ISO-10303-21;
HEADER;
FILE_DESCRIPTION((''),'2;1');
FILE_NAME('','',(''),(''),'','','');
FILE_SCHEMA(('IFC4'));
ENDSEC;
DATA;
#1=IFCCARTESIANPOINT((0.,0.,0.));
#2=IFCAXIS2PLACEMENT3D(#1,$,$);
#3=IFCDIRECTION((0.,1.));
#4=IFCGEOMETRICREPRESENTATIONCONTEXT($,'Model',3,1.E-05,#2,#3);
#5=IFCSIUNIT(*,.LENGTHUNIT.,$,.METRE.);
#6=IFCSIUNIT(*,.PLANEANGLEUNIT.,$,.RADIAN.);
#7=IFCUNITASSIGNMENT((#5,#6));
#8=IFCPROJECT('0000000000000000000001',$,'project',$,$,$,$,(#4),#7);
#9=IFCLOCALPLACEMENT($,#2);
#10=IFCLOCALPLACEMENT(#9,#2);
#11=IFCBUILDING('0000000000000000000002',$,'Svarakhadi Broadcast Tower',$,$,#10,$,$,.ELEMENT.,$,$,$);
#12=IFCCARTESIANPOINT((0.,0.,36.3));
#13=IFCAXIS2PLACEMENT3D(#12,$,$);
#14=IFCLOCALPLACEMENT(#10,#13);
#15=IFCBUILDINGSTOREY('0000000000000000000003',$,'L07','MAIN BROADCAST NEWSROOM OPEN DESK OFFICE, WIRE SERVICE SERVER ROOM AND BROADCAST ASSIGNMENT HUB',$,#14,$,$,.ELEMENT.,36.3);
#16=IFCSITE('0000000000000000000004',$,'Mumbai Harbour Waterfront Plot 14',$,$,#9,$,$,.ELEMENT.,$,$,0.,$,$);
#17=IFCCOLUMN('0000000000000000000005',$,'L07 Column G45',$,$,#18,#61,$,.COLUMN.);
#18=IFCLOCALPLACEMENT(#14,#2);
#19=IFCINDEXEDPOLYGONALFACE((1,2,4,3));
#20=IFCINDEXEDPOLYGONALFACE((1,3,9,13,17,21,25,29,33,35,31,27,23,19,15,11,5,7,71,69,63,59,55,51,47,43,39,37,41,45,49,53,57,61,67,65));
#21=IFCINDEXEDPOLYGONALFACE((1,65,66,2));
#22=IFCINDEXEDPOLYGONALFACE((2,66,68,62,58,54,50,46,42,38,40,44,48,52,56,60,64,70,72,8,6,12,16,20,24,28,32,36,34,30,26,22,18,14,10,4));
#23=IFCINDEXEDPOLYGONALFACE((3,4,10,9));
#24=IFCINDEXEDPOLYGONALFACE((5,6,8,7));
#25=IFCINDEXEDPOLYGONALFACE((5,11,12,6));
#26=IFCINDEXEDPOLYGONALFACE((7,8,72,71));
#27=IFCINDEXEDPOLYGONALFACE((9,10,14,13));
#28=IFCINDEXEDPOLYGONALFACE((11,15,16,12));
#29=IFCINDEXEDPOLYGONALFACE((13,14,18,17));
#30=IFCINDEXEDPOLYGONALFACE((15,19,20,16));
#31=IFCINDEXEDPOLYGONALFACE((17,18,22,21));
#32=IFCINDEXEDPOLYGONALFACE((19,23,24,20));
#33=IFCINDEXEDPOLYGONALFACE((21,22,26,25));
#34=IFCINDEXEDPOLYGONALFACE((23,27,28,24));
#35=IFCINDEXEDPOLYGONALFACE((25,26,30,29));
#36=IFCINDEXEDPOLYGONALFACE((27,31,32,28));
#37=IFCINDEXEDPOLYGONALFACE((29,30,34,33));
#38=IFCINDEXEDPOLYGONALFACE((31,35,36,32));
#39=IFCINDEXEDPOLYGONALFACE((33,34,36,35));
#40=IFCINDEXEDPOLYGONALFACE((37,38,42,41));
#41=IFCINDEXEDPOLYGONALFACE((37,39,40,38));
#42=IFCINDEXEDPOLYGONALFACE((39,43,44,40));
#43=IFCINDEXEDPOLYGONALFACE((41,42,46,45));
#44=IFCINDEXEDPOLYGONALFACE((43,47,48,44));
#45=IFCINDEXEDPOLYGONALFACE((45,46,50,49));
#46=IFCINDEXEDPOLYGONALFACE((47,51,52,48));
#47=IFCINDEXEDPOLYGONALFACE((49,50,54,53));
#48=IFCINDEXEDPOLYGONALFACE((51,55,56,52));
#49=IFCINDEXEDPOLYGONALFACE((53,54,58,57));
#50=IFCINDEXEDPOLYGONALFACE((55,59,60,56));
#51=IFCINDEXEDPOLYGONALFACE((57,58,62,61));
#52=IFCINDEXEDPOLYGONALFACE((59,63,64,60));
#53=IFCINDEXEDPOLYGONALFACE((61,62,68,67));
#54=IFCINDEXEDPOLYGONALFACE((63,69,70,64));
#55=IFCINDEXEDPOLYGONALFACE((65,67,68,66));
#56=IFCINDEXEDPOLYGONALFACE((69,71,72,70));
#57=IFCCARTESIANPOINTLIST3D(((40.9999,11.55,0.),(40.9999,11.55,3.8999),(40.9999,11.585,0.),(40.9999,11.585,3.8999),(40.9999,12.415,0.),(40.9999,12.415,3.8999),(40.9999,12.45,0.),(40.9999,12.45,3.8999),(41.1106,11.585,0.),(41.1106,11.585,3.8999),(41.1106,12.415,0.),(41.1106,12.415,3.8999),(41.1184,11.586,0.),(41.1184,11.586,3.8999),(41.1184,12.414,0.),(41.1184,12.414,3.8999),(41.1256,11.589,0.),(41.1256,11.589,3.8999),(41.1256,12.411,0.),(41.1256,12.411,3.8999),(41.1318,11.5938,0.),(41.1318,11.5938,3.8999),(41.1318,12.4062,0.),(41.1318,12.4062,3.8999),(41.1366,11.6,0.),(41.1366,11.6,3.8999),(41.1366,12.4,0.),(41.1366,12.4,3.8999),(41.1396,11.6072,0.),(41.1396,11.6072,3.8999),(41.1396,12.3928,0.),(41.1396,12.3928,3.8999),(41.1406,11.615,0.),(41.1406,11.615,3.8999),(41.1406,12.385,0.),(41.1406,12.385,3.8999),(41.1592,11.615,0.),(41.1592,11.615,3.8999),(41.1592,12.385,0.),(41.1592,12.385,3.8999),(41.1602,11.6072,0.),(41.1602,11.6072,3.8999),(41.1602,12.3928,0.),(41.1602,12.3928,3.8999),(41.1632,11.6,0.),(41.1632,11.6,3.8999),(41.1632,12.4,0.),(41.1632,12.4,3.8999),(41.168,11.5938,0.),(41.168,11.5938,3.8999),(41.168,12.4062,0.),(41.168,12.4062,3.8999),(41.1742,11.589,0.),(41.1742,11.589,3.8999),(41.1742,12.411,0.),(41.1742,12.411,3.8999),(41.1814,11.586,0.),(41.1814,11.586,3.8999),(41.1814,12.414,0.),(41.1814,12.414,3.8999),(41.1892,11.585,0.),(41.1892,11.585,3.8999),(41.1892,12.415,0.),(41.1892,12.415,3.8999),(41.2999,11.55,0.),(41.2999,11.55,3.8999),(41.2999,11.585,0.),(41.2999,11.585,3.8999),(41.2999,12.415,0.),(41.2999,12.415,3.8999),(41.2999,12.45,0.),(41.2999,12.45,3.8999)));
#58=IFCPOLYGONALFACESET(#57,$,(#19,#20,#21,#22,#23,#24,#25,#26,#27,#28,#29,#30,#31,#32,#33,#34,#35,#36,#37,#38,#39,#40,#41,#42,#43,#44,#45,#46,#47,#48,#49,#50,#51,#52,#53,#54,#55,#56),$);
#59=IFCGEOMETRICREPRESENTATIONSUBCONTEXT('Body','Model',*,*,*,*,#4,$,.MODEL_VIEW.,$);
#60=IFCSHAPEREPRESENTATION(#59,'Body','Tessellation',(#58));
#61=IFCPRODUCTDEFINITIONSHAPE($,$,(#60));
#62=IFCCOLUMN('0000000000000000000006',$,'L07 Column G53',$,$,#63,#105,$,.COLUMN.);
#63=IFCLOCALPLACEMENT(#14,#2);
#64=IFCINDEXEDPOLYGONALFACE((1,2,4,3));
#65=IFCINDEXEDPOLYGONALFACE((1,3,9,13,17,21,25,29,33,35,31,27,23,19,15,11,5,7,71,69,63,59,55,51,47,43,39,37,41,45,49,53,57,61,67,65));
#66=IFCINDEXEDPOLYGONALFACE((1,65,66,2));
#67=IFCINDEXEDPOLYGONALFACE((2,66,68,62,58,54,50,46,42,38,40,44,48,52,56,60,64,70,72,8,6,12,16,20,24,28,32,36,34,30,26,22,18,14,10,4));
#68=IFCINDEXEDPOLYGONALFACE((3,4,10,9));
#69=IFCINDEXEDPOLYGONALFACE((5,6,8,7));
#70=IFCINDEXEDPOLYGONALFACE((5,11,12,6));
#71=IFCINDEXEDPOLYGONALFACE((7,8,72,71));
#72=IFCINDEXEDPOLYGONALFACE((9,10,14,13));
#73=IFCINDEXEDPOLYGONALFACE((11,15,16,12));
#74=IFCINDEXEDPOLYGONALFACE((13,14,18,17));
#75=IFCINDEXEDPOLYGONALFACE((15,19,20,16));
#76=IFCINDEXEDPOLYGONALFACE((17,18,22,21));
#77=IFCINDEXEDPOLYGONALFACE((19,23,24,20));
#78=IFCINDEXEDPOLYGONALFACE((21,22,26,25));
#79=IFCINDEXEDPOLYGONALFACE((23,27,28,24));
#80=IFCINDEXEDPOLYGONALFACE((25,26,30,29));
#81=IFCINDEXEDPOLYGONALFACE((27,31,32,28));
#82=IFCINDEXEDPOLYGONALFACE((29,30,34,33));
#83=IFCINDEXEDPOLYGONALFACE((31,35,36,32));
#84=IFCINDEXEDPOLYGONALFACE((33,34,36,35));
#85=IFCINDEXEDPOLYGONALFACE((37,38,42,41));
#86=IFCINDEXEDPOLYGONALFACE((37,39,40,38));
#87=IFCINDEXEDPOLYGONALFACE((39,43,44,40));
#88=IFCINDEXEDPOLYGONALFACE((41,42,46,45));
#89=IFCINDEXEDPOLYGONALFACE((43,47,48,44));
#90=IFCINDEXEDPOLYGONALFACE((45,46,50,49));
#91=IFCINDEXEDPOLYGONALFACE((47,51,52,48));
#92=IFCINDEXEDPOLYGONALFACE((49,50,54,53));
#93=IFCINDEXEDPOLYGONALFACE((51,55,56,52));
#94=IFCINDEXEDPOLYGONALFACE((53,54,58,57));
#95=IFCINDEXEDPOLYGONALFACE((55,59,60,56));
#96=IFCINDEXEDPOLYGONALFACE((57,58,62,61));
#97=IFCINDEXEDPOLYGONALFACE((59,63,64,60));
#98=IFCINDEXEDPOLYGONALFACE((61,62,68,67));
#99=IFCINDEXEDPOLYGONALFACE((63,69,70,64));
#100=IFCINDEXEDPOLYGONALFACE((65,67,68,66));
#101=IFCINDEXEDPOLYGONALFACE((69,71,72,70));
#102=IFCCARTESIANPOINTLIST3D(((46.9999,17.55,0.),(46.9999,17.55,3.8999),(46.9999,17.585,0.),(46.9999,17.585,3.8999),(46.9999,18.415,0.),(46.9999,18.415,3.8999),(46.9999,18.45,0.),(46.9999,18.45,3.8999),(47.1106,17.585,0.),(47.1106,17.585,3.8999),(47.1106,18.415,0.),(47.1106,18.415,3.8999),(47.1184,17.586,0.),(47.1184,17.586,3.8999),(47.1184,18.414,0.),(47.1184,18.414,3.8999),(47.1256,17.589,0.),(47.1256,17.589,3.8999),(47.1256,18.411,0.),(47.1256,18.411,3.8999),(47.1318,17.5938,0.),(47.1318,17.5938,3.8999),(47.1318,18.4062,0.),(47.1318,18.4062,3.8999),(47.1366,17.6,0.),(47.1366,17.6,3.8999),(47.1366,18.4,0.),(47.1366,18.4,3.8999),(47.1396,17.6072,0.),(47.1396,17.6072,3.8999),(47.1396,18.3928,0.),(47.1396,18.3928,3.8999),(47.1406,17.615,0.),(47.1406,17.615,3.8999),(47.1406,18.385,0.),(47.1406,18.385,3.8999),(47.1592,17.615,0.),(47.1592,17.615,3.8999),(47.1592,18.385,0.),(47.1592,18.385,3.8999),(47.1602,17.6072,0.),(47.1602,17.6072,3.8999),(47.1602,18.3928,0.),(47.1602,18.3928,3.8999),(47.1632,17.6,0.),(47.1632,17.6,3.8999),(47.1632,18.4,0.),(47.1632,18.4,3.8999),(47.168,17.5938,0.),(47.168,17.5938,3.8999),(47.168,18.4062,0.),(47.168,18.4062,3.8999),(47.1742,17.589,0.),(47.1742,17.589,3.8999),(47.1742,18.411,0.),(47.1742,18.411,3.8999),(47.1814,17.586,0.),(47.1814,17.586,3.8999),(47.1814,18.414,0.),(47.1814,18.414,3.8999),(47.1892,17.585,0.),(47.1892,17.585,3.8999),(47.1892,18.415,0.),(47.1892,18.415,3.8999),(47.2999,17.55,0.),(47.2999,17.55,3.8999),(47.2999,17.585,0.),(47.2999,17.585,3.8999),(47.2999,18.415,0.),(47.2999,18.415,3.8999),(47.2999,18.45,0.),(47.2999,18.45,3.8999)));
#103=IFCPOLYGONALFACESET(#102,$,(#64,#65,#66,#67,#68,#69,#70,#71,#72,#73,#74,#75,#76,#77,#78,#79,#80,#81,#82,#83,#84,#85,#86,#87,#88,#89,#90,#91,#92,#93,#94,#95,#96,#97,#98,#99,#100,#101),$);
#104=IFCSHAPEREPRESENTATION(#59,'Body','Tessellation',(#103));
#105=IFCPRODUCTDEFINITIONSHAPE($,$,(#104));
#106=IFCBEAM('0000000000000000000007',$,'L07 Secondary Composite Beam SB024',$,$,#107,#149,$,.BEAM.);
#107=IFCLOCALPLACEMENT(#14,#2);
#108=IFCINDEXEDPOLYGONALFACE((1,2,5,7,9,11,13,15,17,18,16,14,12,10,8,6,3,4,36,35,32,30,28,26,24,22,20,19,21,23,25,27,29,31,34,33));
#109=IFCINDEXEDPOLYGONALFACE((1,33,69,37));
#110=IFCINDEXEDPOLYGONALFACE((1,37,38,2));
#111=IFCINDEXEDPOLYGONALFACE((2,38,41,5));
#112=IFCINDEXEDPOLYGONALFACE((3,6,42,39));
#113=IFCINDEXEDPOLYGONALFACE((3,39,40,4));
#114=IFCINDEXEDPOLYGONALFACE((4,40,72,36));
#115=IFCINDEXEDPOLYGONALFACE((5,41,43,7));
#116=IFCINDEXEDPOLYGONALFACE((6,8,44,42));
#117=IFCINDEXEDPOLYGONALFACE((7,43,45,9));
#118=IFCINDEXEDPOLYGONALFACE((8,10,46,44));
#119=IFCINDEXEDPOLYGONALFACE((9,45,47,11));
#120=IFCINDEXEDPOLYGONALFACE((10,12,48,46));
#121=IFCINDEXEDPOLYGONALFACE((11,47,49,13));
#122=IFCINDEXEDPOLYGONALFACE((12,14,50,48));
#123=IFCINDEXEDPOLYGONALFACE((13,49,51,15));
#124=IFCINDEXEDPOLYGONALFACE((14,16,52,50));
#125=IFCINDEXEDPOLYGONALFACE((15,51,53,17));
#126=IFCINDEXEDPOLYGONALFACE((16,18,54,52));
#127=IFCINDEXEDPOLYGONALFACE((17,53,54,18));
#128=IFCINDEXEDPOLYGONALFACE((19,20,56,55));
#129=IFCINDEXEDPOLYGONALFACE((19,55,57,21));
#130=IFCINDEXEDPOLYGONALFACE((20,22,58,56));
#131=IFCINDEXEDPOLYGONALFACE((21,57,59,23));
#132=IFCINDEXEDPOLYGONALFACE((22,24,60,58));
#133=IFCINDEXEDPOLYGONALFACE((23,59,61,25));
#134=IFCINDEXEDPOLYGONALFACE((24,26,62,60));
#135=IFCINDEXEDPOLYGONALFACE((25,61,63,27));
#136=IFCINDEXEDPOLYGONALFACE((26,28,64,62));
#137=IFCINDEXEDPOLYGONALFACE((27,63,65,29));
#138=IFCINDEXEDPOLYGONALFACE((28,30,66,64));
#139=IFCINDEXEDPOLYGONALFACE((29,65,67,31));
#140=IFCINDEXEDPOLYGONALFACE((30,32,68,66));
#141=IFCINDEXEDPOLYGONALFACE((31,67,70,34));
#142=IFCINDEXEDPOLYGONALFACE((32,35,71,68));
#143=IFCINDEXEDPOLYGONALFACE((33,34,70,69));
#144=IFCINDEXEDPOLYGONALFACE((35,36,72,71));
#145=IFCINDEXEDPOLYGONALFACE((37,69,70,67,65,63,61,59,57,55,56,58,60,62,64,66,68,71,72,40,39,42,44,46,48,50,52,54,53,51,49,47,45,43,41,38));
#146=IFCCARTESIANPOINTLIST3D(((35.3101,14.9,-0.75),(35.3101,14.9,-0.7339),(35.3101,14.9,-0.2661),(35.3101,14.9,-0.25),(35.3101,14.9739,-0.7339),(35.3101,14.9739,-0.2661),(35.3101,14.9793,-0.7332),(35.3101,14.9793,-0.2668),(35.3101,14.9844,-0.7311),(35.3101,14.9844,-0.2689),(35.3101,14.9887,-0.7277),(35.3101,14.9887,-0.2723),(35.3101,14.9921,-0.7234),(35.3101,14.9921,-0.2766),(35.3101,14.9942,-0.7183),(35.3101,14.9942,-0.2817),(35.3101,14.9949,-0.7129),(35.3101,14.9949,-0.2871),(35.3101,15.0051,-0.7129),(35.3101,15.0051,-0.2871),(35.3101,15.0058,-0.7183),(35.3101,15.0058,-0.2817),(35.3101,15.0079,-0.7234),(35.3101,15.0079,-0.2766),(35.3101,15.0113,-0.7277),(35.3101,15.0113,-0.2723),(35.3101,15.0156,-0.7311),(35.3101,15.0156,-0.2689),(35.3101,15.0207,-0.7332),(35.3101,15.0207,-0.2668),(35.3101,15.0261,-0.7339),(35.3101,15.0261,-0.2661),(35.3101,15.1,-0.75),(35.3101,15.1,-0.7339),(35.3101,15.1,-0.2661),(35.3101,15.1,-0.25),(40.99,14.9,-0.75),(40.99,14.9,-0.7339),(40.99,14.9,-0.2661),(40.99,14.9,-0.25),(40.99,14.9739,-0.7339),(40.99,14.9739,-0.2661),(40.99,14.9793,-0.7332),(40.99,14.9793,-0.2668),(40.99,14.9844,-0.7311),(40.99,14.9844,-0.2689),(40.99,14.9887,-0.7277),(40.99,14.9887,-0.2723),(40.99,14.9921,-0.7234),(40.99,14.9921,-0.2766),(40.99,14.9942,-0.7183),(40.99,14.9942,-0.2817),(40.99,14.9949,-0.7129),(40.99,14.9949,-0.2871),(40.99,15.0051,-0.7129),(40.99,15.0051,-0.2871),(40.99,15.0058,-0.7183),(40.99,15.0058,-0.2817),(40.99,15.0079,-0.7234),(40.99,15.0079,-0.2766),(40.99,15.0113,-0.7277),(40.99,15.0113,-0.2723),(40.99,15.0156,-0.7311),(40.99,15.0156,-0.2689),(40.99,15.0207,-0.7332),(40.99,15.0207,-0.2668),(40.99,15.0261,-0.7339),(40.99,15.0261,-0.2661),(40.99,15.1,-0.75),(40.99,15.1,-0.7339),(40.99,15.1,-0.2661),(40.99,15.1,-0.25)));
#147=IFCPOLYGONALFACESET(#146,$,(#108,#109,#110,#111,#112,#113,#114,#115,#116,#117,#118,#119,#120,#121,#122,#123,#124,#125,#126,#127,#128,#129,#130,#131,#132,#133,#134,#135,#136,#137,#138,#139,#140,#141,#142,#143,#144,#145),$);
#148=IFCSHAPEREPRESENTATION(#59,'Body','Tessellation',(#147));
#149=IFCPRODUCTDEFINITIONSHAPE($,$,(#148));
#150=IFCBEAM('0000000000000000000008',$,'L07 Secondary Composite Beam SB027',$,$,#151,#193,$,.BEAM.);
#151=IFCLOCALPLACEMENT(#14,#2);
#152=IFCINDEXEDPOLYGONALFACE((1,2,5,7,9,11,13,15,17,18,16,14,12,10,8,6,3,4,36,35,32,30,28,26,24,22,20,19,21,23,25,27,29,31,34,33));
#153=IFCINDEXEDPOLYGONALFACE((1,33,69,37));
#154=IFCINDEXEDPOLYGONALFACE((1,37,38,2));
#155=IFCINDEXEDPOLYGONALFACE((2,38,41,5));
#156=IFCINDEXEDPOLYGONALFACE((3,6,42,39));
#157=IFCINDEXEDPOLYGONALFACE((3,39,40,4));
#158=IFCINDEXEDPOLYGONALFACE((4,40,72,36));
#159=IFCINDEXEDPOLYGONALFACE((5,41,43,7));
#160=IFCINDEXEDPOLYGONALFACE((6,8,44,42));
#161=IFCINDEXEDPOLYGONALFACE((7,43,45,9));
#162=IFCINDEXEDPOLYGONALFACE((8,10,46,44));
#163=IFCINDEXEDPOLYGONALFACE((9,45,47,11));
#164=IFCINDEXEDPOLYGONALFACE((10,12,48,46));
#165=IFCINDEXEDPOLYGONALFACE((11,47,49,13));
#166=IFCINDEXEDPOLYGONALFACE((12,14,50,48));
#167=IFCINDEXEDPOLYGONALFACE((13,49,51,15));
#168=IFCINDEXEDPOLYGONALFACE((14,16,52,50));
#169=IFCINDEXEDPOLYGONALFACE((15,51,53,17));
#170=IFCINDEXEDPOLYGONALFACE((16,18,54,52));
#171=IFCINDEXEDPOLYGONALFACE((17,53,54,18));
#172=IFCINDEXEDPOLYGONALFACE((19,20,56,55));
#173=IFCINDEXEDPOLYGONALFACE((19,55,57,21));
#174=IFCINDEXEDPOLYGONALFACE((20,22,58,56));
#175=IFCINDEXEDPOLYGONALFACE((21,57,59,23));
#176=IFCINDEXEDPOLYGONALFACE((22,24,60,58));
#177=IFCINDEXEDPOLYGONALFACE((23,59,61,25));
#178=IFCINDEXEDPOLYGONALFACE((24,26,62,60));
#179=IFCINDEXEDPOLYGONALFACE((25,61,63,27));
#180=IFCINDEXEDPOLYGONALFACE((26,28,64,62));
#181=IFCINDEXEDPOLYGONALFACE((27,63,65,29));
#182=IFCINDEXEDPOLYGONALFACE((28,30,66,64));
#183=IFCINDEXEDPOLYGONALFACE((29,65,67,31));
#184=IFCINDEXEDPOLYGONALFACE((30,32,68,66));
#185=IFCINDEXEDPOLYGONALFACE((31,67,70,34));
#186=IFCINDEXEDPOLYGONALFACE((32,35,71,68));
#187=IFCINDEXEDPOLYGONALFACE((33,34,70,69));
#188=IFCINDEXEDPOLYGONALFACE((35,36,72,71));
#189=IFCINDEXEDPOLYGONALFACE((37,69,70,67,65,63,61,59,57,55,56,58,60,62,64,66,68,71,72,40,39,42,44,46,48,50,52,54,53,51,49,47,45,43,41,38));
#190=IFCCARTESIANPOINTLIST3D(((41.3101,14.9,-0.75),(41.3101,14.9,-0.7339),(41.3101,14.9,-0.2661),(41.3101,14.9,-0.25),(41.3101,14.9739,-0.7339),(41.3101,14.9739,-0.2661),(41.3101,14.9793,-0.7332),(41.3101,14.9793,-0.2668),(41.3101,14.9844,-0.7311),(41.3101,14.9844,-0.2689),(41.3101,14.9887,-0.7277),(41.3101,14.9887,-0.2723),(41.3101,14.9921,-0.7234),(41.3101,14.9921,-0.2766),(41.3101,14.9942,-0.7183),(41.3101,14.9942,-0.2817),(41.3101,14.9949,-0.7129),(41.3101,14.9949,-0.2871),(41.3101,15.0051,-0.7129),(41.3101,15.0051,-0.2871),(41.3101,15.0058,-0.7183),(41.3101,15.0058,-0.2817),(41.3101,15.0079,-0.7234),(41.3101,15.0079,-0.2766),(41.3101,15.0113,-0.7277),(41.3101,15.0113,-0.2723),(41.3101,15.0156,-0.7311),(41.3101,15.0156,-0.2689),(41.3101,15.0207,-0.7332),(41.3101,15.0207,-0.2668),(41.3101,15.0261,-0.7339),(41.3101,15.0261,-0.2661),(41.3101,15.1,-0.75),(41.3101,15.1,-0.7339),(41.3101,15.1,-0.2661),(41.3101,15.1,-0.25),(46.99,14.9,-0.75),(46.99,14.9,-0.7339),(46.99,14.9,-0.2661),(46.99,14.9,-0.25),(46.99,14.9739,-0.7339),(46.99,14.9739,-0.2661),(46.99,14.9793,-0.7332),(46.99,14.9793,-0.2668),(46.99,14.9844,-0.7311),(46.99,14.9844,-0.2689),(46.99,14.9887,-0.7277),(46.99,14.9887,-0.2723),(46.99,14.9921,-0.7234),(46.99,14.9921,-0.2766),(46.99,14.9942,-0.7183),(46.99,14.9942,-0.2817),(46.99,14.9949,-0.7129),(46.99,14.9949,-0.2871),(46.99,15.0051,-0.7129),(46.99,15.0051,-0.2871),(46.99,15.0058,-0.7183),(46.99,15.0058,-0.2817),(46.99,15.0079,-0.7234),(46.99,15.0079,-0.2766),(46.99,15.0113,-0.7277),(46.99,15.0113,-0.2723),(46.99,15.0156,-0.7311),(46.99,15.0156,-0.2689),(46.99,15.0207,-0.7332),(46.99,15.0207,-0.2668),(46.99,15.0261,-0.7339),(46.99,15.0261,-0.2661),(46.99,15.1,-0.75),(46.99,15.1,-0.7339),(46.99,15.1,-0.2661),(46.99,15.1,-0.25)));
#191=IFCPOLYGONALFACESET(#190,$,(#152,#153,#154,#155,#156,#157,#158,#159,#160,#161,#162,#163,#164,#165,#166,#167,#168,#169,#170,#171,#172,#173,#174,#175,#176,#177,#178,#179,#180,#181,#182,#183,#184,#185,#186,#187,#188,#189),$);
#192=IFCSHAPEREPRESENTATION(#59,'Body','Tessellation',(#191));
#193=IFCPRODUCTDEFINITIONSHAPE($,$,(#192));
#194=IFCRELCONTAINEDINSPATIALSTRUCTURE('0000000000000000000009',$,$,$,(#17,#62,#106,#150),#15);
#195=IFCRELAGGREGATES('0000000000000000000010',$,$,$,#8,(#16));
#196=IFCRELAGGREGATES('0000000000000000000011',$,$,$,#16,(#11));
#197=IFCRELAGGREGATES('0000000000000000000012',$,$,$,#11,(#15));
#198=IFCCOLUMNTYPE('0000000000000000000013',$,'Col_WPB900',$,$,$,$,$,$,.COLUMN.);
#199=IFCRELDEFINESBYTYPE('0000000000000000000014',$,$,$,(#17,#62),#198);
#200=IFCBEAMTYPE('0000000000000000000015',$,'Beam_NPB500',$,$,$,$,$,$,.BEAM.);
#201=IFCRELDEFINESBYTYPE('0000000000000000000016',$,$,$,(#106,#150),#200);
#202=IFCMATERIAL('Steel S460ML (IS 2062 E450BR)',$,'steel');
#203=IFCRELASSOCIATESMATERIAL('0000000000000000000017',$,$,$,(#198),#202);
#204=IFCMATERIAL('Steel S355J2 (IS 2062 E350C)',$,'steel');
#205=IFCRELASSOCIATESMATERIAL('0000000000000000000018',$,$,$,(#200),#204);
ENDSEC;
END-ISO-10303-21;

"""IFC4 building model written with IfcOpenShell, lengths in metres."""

from ifc_helpers import new_model, si_unit, direction, frame, origin, origin_2d, place, context, subcontext, project, spatial, i_section, extrude, material, material_profile, profile_set, type_object, element, save


model = new_model("IFC4")

# Units and contexts
model_context = context("Model", 3, precision=1e-05, world=origin(), true_north=direction((0.0, 1.0)))
body_context = subcontext(model_context, "Body", "Model", "MODEL_VIEW")
ifc_project = project(units=[si_unit("LENGTHUNIT", "METRE"), si_unit("PLANEANGLEUNIT", "RADIAN")], contexts=[model_context])

# Site, building, storey
site_placement = place(None, origin())
site = spatial("IfcSite", under=ifc_project, at=site_placement, Name="Mumbai Harbour Waterfront Plot 14", CompositionType="ELEMENT", RefElevation=0.0)
building_placement = place(site_placement, origin())
building = spatial("IfcBuilding", under=site, at=building_placement, Name="Svarakhadi Broadcast Tower", CompositionType="ELEMENT")
storey_placement = place(building_placement, frame((0.0, 0.0, 36.3)))
storey = spatial("IfcBuildingStorey", under=building, at=storey_placement, Name="L07", Description="MAIN BROADCAST NEWSROOM OPEN DESK OFFICE, WIRE SERVICE SERVER ROOM AND BROADCAST ASSIGNMENT HUB", CompositionType="ELEMENT", Elevation=36.3)

# Columns
ifc_material_1 = material(Name="Steel S460ML (IS 2062 E450BR)", Category="steel")
ifc_material_profile_1 = material_profile(ifc_material_1, i_section(OverallWidth=0.3, OverallDepth=0.8999, WebThickness=0.0186, FlangeThickness=0.0349, FilletRadius=0.03, at=origin_2d()), Name="WPB 900x300x291")
ifc_profile_set_1 = profile_set([ifc_material_profile_1], Name="Steel S460ML (IS 2062 E450BR)")
column_type_1 = type_object("IfcColumnType", Name="Col_WPB900", PredefinedType="COLUMN", material=ifc_profile_set_1)
for number, where, z_axis, x_axis, name in (
    (1, (41.1499, 12.0, 0.0), (0.0, 0.0, 1.0), (1.0, 0.0, 0.0), "L07 Column G45"),
    (2, (47.1499, 18.0, 0.0), (0.0, 0.0, 1.0), (1.0, 0.0, 0.0), "L07 Column G53"),
):
    element("IfcColumn", number, at=place(storey_placement, frame(where, z_axis=z_axis, x_axis=x_axis)), inside=storey, type_object=column_type_1, Name=name, PredefinedType="COLUMN", context=body_context, shape_type="SweptSolid", body=[
        extrude(i_section(OverallWidth=0.3, OverallDepth=0.8999, WebThickness=0.0186, FlangeThickness=0.0349, FilletRadius=0.03, at=origin_2d()), origin(), (0.0, 0.0, 1.0), 3.8999),
    ])

# Beams
ifc_material_2 = material(Name="Steel S355J2 (IS 2062 E350C)", Category="steel")
ifc_material_profile_2 = material_profile(ifc_material_2, i_section(OverallWidth=0.2, OverallDepth=0.5, WebThickness=0.0103, FlangeThickness=0.0161, FilletRadius=0.021, at=origin_2d()), Name="NPB 500x200x91")
ifc_profile_set_2 = profile_set([ifc_material_profile_2], Name="Steel S355J2 (IS 2062 E350C)")
beam_type_1 = type_object("IfcBeamType", Name="Beam_NPB500", PredefinedType="BEAM", material=ifc_profile_set_2)
for number, where, z_axis, x_axis, name in (
    (3, (35.3101, 15.0, -0.5), (1.0, 0.0, 0.0), (0.0, 1.0, 0.0), "L07 Secondary Composite Beam SB024"),
    (4, (41.3101, 15.0, -0.5), (1.0, 0.0, 0.0), (0.0, 1.0, 0.0), "L07 Secondary Composite Beam SB027"),
):
    element("IfcBeam", number, at=place(storey_placement, frame(where, z_axis=z_axis, x_axis=x_axis)), inside=storey, type_object=beam_type_1, Name=name, PredefinedType="BEAM", context=body_context, shape_type="SweptSolid", body=[
        extrude(i_section(OverallWidth=0.2, OverallDepth=0.5, WebThickness=0.0103, FlangeThickness=0.0161, FilletRadius=0.021, at=origin_2d()), origin(), (0.0, 0.0, 1.0), 5.6799),
    ])

save(model, "model.ifc")
